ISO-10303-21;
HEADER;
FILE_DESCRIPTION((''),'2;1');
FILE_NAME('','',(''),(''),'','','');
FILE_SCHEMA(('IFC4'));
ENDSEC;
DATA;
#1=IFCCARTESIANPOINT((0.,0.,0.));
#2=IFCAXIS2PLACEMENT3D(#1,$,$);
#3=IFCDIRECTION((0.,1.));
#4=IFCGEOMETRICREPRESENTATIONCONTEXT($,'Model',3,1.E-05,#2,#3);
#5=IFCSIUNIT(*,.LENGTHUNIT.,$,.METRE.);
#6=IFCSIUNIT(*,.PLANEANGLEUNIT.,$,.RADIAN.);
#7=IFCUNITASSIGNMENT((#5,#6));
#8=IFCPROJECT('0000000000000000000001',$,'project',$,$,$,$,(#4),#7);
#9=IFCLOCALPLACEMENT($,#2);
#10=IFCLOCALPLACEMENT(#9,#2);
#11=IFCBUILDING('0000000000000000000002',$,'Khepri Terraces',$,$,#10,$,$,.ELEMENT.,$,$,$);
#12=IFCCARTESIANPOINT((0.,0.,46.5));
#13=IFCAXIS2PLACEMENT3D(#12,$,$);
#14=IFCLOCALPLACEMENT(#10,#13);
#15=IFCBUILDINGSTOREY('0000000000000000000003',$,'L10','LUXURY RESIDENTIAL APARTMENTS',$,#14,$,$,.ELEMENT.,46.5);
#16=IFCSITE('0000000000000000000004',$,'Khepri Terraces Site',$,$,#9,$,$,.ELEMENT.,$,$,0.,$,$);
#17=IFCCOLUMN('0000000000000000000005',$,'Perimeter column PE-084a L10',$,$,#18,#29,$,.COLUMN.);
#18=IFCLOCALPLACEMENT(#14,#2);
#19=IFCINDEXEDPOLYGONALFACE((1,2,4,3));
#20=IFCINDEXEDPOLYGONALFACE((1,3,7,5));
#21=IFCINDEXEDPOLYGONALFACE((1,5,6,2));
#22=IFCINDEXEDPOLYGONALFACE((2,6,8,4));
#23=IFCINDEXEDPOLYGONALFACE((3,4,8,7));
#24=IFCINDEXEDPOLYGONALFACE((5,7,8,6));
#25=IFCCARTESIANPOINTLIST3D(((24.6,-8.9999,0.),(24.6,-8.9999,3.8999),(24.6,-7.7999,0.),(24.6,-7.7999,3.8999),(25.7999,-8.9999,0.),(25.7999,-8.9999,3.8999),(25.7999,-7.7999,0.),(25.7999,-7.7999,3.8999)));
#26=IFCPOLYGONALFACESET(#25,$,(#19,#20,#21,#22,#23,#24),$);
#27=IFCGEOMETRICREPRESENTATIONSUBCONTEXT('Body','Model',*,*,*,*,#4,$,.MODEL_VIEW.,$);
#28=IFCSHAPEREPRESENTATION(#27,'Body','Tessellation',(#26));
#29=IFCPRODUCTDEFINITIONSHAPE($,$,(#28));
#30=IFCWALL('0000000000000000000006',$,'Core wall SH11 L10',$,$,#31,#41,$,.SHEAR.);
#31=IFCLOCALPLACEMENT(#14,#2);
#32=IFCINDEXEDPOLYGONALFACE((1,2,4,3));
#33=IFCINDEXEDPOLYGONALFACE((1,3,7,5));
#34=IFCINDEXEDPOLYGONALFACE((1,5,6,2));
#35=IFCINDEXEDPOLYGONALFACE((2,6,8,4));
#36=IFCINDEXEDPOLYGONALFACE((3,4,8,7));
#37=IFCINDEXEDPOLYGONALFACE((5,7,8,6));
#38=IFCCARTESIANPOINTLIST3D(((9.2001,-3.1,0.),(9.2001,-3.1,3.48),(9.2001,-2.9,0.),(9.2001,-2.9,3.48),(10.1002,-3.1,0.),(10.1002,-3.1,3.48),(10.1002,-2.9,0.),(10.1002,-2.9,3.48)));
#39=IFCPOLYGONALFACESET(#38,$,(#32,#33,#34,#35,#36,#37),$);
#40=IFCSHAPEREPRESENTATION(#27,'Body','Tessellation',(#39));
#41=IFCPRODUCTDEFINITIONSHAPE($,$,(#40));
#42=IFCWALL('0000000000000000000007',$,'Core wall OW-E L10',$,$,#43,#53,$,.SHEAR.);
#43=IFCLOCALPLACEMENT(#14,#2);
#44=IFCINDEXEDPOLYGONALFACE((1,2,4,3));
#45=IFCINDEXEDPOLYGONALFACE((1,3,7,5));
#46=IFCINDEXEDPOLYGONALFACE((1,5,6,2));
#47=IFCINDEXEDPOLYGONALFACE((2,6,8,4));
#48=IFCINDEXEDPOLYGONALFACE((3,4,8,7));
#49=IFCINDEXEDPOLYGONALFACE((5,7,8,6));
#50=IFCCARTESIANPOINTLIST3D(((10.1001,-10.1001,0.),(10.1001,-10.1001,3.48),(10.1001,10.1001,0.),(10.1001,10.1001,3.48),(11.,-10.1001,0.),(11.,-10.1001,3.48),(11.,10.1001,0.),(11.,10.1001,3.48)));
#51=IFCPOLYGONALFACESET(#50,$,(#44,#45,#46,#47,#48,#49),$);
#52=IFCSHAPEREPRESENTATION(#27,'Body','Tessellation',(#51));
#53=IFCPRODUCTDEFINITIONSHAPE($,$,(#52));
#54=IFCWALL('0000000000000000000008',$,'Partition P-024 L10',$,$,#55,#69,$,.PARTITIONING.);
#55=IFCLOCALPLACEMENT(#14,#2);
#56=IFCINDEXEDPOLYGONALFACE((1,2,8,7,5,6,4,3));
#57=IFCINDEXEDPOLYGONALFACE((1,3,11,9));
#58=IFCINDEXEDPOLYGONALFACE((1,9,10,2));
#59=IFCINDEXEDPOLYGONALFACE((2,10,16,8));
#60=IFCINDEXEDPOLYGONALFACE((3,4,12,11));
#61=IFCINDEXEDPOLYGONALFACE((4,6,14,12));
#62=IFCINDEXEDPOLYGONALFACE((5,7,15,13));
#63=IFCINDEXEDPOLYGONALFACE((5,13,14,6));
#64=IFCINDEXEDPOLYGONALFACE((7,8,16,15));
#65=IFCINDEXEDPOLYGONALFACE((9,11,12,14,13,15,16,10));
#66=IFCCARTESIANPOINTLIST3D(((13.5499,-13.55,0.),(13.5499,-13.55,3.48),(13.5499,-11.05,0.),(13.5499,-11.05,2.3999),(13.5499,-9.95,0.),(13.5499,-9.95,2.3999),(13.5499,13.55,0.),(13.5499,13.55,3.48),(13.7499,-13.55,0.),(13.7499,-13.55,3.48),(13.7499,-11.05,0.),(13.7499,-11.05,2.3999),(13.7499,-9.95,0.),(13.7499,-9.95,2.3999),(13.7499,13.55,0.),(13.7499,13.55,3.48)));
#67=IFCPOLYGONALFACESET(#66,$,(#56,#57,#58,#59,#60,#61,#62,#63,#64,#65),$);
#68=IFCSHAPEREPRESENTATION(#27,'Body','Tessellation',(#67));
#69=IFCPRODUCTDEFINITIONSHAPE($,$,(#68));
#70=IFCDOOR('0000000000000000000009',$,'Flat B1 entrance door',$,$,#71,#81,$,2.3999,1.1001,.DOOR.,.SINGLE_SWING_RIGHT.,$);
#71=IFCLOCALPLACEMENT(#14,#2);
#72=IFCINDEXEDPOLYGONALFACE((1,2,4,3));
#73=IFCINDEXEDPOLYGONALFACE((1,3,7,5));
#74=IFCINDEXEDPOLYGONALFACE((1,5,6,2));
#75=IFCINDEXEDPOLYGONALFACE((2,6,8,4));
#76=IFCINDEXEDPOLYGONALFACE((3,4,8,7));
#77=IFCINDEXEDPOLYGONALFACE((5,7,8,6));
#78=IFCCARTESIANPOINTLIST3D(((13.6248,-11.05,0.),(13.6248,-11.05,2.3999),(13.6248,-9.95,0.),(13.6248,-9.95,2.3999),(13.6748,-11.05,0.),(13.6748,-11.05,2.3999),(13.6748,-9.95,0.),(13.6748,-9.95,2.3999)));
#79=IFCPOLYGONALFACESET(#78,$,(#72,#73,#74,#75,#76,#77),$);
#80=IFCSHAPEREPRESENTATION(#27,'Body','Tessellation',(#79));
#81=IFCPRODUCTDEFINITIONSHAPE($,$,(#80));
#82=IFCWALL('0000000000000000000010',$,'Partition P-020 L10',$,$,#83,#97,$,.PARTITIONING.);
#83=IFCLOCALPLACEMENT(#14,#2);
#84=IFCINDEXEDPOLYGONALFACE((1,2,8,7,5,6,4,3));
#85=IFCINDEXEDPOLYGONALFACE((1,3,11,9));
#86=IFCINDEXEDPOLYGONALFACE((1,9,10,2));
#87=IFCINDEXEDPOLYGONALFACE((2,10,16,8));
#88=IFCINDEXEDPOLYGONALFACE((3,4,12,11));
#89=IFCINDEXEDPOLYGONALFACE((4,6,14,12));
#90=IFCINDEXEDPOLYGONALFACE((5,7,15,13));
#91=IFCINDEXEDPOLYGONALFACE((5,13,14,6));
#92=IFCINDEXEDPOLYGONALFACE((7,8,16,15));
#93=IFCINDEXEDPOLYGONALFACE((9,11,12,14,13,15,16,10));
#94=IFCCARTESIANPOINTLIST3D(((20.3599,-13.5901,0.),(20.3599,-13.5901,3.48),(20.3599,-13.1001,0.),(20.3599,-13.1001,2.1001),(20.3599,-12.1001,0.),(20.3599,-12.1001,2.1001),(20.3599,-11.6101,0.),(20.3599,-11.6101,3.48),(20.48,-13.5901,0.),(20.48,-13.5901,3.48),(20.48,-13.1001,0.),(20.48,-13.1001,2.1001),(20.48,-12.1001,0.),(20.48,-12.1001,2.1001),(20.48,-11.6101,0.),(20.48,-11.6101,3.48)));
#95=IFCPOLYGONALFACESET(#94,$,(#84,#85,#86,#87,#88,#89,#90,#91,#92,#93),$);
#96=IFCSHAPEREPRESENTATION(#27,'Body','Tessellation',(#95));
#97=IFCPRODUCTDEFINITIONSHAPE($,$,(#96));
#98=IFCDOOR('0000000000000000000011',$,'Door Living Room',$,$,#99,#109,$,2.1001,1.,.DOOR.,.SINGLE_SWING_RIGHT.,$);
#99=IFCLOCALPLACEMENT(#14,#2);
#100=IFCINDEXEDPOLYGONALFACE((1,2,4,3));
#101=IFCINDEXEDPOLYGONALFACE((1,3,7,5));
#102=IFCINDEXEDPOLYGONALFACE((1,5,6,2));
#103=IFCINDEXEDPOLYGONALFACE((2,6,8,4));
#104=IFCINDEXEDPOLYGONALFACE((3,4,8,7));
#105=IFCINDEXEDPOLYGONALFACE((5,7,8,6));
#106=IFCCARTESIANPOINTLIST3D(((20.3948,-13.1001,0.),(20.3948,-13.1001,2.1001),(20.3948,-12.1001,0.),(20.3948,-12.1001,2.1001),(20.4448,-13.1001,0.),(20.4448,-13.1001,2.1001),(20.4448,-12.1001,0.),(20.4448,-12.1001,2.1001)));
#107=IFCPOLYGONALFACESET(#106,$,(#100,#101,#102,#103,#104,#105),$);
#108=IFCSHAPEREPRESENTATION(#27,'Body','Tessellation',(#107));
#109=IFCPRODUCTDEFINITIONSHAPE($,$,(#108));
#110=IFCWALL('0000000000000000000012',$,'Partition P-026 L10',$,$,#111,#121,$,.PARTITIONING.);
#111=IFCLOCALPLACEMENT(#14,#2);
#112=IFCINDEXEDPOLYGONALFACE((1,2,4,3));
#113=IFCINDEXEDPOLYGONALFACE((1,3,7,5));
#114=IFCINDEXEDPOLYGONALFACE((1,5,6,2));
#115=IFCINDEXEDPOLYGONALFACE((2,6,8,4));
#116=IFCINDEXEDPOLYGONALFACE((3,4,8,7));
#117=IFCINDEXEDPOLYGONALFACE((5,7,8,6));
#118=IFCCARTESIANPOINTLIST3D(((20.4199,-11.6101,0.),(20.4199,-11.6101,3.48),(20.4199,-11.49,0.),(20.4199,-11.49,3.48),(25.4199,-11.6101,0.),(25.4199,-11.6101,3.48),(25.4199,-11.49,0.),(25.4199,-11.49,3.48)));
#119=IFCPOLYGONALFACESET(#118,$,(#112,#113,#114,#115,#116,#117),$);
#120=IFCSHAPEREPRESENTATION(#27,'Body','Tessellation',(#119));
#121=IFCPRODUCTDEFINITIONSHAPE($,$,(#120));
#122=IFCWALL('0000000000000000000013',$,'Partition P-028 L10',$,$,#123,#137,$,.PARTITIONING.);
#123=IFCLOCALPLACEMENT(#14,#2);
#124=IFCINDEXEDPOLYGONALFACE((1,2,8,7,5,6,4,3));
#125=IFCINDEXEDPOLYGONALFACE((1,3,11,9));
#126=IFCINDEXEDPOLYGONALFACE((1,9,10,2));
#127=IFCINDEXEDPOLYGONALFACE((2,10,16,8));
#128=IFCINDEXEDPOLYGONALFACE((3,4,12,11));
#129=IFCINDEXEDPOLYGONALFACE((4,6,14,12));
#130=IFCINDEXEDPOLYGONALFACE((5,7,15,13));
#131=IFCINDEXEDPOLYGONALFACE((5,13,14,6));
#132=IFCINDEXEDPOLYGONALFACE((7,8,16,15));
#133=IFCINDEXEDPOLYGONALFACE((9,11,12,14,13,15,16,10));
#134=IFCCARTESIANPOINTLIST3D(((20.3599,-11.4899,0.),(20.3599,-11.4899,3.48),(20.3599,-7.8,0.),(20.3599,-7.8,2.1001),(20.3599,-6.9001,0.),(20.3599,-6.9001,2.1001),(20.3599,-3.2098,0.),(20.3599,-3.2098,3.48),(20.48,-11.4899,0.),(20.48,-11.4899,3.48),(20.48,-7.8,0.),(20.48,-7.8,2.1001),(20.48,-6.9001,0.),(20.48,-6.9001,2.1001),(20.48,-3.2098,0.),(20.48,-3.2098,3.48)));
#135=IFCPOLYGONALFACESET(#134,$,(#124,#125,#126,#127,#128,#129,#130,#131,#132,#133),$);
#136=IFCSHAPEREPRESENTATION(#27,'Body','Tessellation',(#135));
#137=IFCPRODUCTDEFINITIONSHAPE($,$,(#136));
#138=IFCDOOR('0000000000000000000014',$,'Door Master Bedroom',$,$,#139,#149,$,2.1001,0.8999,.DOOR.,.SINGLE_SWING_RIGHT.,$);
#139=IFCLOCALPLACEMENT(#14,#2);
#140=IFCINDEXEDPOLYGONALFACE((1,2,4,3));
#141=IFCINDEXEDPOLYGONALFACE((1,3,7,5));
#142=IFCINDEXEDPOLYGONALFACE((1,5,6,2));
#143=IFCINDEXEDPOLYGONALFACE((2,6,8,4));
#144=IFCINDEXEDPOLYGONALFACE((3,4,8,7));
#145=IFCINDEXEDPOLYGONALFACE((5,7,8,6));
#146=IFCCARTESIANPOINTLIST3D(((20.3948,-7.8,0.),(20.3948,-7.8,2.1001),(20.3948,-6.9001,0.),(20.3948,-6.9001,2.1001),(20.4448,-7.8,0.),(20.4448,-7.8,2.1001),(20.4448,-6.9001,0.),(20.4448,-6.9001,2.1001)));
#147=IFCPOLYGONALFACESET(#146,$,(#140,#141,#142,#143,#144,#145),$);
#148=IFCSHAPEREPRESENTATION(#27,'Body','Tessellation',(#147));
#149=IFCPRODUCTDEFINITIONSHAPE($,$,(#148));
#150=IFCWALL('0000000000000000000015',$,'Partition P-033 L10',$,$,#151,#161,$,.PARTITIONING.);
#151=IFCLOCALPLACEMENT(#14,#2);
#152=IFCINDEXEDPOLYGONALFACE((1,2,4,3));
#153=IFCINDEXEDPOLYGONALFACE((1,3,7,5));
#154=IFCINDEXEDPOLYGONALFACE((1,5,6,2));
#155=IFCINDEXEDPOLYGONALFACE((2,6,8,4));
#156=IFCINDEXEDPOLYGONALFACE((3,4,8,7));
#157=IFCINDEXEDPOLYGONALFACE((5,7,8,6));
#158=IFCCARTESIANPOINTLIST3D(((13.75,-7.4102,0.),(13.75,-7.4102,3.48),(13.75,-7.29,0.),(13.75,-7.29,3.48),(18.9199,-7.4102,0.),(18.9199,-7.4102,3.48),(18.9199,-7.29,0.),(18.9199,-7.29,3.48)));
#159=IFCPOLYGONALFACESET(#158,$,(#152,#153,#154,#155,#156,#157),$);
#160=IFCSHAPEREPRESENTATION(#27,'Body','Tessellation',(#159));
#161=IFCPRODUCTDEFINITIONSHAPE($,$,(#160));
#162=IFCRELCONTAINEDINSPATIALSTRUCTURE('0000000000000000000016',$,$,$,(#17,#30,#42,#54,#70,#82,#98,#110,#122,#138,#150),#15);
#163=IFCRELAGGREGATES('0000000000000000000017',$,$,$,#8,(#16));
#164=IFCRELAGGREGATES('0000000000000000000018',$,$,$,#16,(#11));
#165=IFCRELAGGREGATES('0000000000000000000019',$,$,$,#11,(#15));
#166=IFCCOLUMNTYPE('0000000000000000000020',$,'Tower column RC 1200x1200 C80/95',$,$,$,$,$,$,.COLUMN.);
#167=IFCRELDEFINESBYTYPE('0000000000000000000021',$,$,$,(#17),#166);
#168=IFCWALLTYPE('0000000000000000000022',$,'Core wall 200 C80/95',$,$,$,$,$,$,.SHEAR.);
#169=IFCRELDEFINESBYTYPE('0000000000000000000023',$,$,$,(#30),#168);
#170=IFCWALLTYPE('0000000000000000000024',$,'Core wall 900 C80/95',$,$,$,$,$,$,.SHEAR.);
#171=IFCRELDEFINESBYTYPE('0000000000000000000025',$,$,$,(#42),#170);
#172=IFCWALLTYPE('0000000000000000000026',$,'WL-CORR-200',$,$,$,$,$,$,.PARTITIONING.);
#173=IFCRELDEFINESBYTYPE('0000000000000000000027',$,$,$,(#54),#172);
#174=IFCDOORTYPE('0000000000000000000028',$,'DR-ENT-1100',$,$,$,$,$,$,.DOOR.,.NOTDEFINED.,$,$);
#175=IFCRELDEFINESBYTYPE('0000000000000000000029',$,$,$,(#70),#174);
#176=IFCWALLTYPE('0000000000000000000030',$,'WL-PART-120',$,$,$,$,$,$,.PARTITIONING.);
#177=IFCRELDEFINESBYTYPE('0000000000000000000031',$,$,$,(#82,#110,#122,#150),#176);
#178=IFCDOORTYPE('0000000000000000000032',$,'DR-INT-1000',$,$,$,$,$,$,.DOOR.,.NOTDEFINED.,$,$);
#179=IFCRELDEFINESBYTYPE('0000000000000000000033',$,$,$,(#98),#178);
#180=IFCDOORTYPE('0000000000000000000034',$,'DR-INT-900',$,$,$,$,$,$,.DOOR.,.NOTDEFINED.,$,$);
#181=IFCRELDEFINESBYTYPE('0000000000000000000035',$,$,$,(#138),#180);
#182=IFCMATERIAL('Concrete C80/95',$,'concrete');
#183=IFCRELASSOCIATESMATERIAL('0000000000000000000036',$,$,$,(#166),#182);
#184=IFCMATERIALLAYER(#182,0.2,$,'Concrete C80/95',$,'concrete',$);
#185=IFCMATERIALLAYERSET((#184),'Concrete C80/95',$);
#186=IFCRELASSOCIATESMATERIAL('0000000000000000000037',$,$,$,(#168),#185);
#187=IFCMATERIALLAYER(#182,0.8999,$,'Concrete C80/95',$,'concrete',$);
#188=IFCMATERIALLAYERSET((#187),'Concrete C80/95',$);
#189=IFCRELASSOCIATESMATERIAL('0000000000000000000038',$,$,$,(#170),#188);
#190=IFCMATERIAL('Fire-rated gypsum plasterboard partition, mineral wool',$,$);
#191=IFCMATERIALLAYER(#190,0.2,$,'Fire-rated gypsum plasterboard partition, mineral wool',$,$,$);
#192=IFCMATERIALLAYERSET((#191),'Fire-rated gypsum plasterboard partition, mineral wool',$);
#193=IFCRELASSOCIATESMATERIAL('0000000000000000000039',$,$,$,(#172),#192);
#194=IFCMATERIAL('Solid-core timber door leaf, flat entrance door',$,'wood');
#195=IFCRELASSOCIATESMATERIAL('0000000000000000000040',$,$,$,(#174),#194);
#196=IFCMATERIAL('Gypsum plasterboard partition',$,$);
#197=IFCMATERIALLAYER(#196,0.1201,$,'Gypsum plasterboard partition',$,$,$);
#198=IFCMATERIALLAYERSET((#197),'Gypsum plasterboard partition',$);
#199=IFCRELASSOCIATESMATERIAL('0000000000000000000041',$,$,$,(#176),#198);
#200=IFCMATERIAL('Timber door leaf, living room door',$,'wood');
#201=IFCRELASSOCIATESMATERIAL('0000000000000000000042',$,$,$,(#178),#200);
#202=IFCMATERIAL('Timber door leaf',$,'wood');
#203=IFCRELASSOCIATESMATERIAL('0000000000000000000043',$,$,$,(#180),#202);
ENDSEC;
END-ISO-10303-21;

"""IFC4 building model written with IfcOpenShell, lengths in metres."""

from ifc_helpers import new_model, si_unit, direction, frame, frame_2d, origin, origin_2d, place, context, subcontext, project, spatial, rectangle, extrude, material, layer, layer_set, material_profile, profile_set, type_object, element, fill, save


model = new_model("IFC4")

# Units and contexts
model_context = context("Model", 3, precision=1e-05, world=origin(), true_north=direction((0.0, 1.0)))
body_context = subcontext(model_context, "Body", "Model", "MODEL_VIEW")
ifc_project = project(units=[si_unit("LENGTHUNIT", "METRE"), si_unit("PLANEANGLEUNIT", "RADIAN")], contexts=[model_context])

# Site, building, storey
site_placement = place(None, origin())
site = spatial("IfcSite", under=ifc_project, at=site_placement, Name="Khepri Terraces Site", CompositionType="ELEMENT", RefElevation=0.0)
building_placement = place(site_placement, origin())
building = spatial("IfcBuilding", under=site, at=building_placement, Name="Khepri Terraces", CompositionType="ELEMENT")
storey_placement = place(building_placement, frame((0.0, 0.0, 46.5)))
storey = spatial("IfcBuildingStorey", under=building, at=storey_placement, Name="L10", Description="LUXURY RESIDENTIAL APARTMENTS", CompositionType="ELEMENT", Elevation=46.5)

# Column
ifc_material_1 = material(Name="Concrete C80/95", Category="concrete")
ifc_material_profile = material_profile(ifc_material_1, rectangle(XDim=1.2, YDim=1.2, at=origin_2d()), Name="Concrete C80/95", Category="concrete")
ifc_profile_set = profile_set([ifc_material_profile], Name="Concrete C80/95")
column_type = type_object("IfcColumnType", Name="Tower column RC 1200x1200 C80/95", PredefinedType="COLUMN", material=ifc_profile_set)
column_placement = place(storey_placement, frame((25.2, -8.3999, 0.0), z_axis=(0.0, 0.0, 1.0), x_axis=(1.0, 0.0, 0.0)))
element("IfcColumn", 1, at=column_placement, inside=storey, type_object=column_type, Name="Perimeter column PE-084a L10", PredefinedType="COLUMN", context=body_context, shape_type="SweptSolid", body=[
    extrude(rectangle(XDim=1.2, YDim=1.2, at=origin_2d()), origin(), (0.0, 0.0, 1.0), 3.8999),
])

# Walls
ifc_layer_1 = layer(ifc_material_1, 0.2, Name="Concrete C80/95", Category="concrete")
ifc_layer_set_1 = layer_set([ifc_layer_1], Name="Concrete C80/95")
wall_type_1 = type_object("IfcWallType", Name="Core wall 200 C80/95", PredefinedType="SHEAR", material=ifc_layer_set_1)
wall_1_placement = place(storey_placement, frame((9.2, -3.0, 0.0), z_axis=(0.0, 0.0, 1.0), x_axis=(1.0, 0.0, 0.0)))
element("IfcWall", 2, at=wall_1_placement, inside=storey, type_object=wall_type_1, Name="Core wall SH11 L10", PredefinedType="SHEAR", context=body_context, shape_type="SweptSolid", body=[
    extrude(rectangle(XDim=0.9001, YDim=0.2, at=frame_2d((0.4502, 0.0))), origin(), (0.0, 0.0, 1.0), 3.48),
])
ifc_layer_2 = layer(ifc_material_1, 0.8999, Name="Concrete C80/95", Category="concrete")
ifc_layer_set_2 = layer_set([ifc_layer_2], Name="Concrete C80/95")
wall_type_2 = type_object("IfcWallType", Name="Core wall 900 C80/95", PredefinedType="SHEAR", material=ifc_layer_set_2)
wall_2_placement = place(storey_placement, frame((10.55, -10.1001, 0.0), z_axis=(0.0, 0.0, 1.0), x_axis=(0.0, 1.0, 0.0)))
element("IfcWall", 3, at=wall_2_placement, inside=storey, type_object=wall_type_2, Name="Core wall OW-E L10", PredefinedType="SHEAR", context=body_context, shape_type="SweptSolid", body=[
    extrude(rectangle(XDim=20.2002, YDim=0.8999, at=frame_2d((10.1001, 0.0))), origin(), (0.0, 0.0, 1.0), 3.48),
])

# Wall, opening, door
ifc_material_2 = material(Name="Fire-rated gypsum plasterboard partition, mineral wool")
ifc_layer_3 = layer(ifc_material_2, 0.2, Name="Fire-rated gypsum plasterboard partition, mineral wool")
ifc_layer_set_3 = layer_set([ifc_layer_3], Name="Fire-rated gypsum plasterboard partition, mineral wool")
wall_type_3 = type_object("IfcWallType", Name="WL-CORR-200", PredefinedType="PARTITIONING", material=ifc_layer_set_3)
wall_3_placement = place(storey_placement, frame((13.6499, -13.55, 0.0), z_axis=(0.0, 0.0, 1.0), x_axis=(0.0, 1.0, 0.0)))
wall_3 = element("IfcWall", 4, at=wall_3_placement, inside=storey, type_object=wall_type_3, Name="Partition P-024 L10", PredefinedType="PARTITIONING", context=body_context, shape_type="SweptSolid", body=[
    extrude(rectangle(XDim=27.1001, YDim=0.2, at=frame_2d((13.55, 0.0))), origin(), (0.0, 0.0, 1.0), 3.48),
])
opening_1_placement = place(wall_3_placement, frame((2.5, 0.0, 0.0)))
opening_1 = element("IfcOpeningElement", 5, at=opening_1_placement, cuts=wall_3, PredefinedType="OPENING", context=body_context, shape_type="SweptSolid", body=[
    extrude(rectangle(XDim=1.1001, YDim=2.3999, at=frame_2d((0.55, 1.2))), frame((0.0, 0.1099, 0.0), z_axis=(0.0, -1.0, 0.0), x_axis=(1.0, 0.0, 0.0)), (0.0, 0.0, 1.0), 0.22),
])
ifc_material_3 = material(Name="Solid-core timber door leaf, flat entrance door", Category="wood")
door_type_1 = type_object("IfcDoorType", Name="DR-ENT-1100", OperationType="NOTDEFINED", PredefinedType="DOOR", material=ifc_material_3)
door_1_placement = place(opening_1_placement, frame((1.1001, 0.0, 0.0), z_axis=(0.0, 0.0, 1.0), x_axis=(-1.0, 0.0, 0.0)))
door_1 = element("IfcDoor", 6, at=door_1_placement, inside=storey, type_object=door_type_1, Name="Flat B1 entrance door", OperationType="SINGLE_SWING_RIGHT", OverallHeight=2.3999, OverallWidth=1.1001, PredefinedType="DOOR", context=body_context, shape_type="SweptSolid", body=[
    extrude(rectangle(XDim=1.1001, YDim=2.3999, at=frame_2d((0.55, 1.2))), frame((0.0, 0.0249, 0.0), z_axis=(0.0, -1.0, 0.0), x_axis=(1.0, 0.0, 0.0)), (0.0, 0.0, 1.0), 0.05),
])
fill(opening_1, door_1)

# Wall, opening, door
ifc_material_4 = material(Name="Gypsum plasterboard partition")
ifc_layer_4 = layer(ifc_material_4, 0.1201, Name="Gypsum plasterboard partition")
ifc_layer_set_4 = layer_set([ifc_layer_4], Name="Gypsum plasterboard partition")
wall_type_4 = type_object("IfcWallType", Name="WL-PART-120", PredefinedType="PARTITIONING", material=ifc_layer_set_4)
wall_4_placement = place(storey_placement, frame((20.4199, -13.5901, 0.0), z_axis=(0.0, 0.0, 1.0), x_axis=(0.0, 1.0, 0.0)))
wall_4 = element("IfcWall", 7, at=wall_4_placement, inside=storey, type_object=wall_type_4, Name="Partition P-020 L10", PredefinedType="PARTITIONING", context=body_context, shape_type="SweptSolid", body=[
    extrude(rectangle(XDim=1.98, YDim=0.1201, at=frame_2d((0.99, 0.0))), origin(), (0.0, 0.0, 1.0), 3.48),
])
opening_2_placement = place(wall_4_placement, frame((0.49, 0.0, 0.0)))
opening_2 = element("IfcOpeningElement", 8, at=opening_2_placement, cuts=wall_4, PredefinedType="OPENING", context=body_context, shape_type="SweptSolid", body=[
    extrude(rectangle(XDim=1.0, YDim=2.1001, at=frame_2d((0.5, 1.05))), frame((0.0, 0.0701, 0.0), z_axis=(0.0, -1.0, 0.0), x_axis=(1.0, 0.0, 0.0)), (0.0, 0.0, 1.0), 0.1401),
])
ifc_material_5 = material(Name="Timber door leaf, living room door", Category="wood")
door_type_2 = type_object("IfcDoorType", Name="DR-INT-1000", OperationType="NOTDEFINED", PredefinedType="DOOR", material=ifc_material_5)
door_2_placement = place(opening_2_placement, frame((1.0, 0.0, 0.0), z_axis=(0.0, 0.0, 1.0), x_axis=(-1.0, 0.0, 0.0)))
door_2 = element("IfcDoor", 9, at=door_2_placement, inside=storey, type_object=door_type_2, Name="Door Living Room", OperationType="SINGLE_SWING_RIGHT", OverallHeight=2.1001, OverallWidth=1.0, PredefinedType="DOOR", context=body_context, shape_type="SweptSolid", body=[
    extrude(rectangle(XDim=1.0, YDim=2.1001, at=frame_2d((0.5, 1.05))), frame((0.0, 0.0249, 0.0), z_axis=(0.0, -1.0, 0.0), x_axis=(1.0, 0.0, 0.0)), (0.0, 0.0, 1.0), 0.05),
])
fill(opening_2, door_2)

# Wall
wall_5_placement = place(storey_placement, frame((20.4199, -11.55, 0.0), z_axis=(0.0, 0.0, 1.0), x_axis=(1.0, 0.0, 0.0)))
element("IfcWall", 10, at=wall_5_placement, inside=storey, type_object=wall_type_4, Name="Partition P-026 L10", PredefinedType="PARTITIONING", context=body_context, shape_type="SweptSolid", body=[
    extrude(rectangle(XDim=5.0, YDim=0.1201, at=frame_2d((2.5, 0.0))), origin(), (0.0, 0.0, 1.0), 3.48),
])

# Wall, opening, door
wall_6_placement = place(storey_placement, frame((20.4199, -11.49, 0.0), z_axis=(0.0, 0.0, 1.0), x_axis=(0.0, 1.0, 0.0)))
wall_6 = element("IfcWall", 11, at=wall_6_placement, inside=storey, type_object=wall_type_4, Name="Partition P-028 L10", PredefinedType="PARTITIONING", context=body_context, shape_type="SweptSolid", body=[
    extrude(rectangle(XDim=8.28, YDim=0.1201, at=frame_2d((4.1401, 0.0))), origin(), (0.0, 0.0, 1.0), 3.48),
])
opening_3_placement = place(wall_6_placement, frame((3.6899, 0.0, 0.0)))
opening_3 = element("IfcOpeningElement", 12, at=opening_3_placement, cuts=wall_6, PredefinedType="OPENING", context=body_context, shape_type="SweptSolid", body=[
    extrude(rectangle(XDim=0.8999, YDim=2.1001, at=frame_2d((0.45, 1.05))), frame((0.0, 0.0701, 0.0), z_axis=(0.0, -1.0, 0.0), x_axis=(1.0, 0.0, 0.0)), (0.0, 0.0, 1.0), 0.1401),
])
ifc_material_6 = material(Name="Timber door leaf", Category="wood")
door_type_3 = type_object("IfcDoorType", Name="DR-INT-900", OperationType="NOTDEFINED", PredefinedType="DOOR", material=ifc_material_6)
door_3_placement = place(opening_3_placement, frame((0.8999, 0.0, 0.0), z_axis=(0.0, 0.0, 1.0), x_axis=(-1.0, 0.0, 0.0)))
door_3 = element("IfcDoor", 13, at=door_3_placement, inside=storey, type_object=door_type_3, Name="Door Master Bedroom", OperationType="SINGLE_SWING_RIGHT", OverallHeight=2.1001, OverallWidth=0.8999, PredefinedType="DOOR", context=body_context, shape_type="SweptSolid", body=[
    extrude(rectangle(XDim=0.8999, YDim=2.1001, at=frame_2d((0.45, 1.05))), frame((0.0, 0.0249, 0.0), z_axis=(0.0, -1.0, 0.0), x_axis=(1.0, 0.0, 0.0)), (0.0, 0.0, 1.0), 0.05),
])
fill(opening_3, door_3)

# Wall
wall_7_placement = place(storey_placement, frame((13.75, -7.3501, 0.0), z_axis=(0.0, 0.0, 1.0), x_axis=(1.0, 0.0, 0.0)))
element("IfcWall", 14, at=wall_7_placement, inside=storey, type_object=wall_type_4, Name="Partition P-033 L10", PredefinedType="PARTITIONING", context=body_context, shape_type="SweptSolid", body=[
    extrude(rectangle(XDim=5.1699, YDim=0.1201, at=frame_2d((2.585, 0.0))), origin(), (0.0, 0.0, 1.0), 3.48),
])

save(model, "model.ifc")
